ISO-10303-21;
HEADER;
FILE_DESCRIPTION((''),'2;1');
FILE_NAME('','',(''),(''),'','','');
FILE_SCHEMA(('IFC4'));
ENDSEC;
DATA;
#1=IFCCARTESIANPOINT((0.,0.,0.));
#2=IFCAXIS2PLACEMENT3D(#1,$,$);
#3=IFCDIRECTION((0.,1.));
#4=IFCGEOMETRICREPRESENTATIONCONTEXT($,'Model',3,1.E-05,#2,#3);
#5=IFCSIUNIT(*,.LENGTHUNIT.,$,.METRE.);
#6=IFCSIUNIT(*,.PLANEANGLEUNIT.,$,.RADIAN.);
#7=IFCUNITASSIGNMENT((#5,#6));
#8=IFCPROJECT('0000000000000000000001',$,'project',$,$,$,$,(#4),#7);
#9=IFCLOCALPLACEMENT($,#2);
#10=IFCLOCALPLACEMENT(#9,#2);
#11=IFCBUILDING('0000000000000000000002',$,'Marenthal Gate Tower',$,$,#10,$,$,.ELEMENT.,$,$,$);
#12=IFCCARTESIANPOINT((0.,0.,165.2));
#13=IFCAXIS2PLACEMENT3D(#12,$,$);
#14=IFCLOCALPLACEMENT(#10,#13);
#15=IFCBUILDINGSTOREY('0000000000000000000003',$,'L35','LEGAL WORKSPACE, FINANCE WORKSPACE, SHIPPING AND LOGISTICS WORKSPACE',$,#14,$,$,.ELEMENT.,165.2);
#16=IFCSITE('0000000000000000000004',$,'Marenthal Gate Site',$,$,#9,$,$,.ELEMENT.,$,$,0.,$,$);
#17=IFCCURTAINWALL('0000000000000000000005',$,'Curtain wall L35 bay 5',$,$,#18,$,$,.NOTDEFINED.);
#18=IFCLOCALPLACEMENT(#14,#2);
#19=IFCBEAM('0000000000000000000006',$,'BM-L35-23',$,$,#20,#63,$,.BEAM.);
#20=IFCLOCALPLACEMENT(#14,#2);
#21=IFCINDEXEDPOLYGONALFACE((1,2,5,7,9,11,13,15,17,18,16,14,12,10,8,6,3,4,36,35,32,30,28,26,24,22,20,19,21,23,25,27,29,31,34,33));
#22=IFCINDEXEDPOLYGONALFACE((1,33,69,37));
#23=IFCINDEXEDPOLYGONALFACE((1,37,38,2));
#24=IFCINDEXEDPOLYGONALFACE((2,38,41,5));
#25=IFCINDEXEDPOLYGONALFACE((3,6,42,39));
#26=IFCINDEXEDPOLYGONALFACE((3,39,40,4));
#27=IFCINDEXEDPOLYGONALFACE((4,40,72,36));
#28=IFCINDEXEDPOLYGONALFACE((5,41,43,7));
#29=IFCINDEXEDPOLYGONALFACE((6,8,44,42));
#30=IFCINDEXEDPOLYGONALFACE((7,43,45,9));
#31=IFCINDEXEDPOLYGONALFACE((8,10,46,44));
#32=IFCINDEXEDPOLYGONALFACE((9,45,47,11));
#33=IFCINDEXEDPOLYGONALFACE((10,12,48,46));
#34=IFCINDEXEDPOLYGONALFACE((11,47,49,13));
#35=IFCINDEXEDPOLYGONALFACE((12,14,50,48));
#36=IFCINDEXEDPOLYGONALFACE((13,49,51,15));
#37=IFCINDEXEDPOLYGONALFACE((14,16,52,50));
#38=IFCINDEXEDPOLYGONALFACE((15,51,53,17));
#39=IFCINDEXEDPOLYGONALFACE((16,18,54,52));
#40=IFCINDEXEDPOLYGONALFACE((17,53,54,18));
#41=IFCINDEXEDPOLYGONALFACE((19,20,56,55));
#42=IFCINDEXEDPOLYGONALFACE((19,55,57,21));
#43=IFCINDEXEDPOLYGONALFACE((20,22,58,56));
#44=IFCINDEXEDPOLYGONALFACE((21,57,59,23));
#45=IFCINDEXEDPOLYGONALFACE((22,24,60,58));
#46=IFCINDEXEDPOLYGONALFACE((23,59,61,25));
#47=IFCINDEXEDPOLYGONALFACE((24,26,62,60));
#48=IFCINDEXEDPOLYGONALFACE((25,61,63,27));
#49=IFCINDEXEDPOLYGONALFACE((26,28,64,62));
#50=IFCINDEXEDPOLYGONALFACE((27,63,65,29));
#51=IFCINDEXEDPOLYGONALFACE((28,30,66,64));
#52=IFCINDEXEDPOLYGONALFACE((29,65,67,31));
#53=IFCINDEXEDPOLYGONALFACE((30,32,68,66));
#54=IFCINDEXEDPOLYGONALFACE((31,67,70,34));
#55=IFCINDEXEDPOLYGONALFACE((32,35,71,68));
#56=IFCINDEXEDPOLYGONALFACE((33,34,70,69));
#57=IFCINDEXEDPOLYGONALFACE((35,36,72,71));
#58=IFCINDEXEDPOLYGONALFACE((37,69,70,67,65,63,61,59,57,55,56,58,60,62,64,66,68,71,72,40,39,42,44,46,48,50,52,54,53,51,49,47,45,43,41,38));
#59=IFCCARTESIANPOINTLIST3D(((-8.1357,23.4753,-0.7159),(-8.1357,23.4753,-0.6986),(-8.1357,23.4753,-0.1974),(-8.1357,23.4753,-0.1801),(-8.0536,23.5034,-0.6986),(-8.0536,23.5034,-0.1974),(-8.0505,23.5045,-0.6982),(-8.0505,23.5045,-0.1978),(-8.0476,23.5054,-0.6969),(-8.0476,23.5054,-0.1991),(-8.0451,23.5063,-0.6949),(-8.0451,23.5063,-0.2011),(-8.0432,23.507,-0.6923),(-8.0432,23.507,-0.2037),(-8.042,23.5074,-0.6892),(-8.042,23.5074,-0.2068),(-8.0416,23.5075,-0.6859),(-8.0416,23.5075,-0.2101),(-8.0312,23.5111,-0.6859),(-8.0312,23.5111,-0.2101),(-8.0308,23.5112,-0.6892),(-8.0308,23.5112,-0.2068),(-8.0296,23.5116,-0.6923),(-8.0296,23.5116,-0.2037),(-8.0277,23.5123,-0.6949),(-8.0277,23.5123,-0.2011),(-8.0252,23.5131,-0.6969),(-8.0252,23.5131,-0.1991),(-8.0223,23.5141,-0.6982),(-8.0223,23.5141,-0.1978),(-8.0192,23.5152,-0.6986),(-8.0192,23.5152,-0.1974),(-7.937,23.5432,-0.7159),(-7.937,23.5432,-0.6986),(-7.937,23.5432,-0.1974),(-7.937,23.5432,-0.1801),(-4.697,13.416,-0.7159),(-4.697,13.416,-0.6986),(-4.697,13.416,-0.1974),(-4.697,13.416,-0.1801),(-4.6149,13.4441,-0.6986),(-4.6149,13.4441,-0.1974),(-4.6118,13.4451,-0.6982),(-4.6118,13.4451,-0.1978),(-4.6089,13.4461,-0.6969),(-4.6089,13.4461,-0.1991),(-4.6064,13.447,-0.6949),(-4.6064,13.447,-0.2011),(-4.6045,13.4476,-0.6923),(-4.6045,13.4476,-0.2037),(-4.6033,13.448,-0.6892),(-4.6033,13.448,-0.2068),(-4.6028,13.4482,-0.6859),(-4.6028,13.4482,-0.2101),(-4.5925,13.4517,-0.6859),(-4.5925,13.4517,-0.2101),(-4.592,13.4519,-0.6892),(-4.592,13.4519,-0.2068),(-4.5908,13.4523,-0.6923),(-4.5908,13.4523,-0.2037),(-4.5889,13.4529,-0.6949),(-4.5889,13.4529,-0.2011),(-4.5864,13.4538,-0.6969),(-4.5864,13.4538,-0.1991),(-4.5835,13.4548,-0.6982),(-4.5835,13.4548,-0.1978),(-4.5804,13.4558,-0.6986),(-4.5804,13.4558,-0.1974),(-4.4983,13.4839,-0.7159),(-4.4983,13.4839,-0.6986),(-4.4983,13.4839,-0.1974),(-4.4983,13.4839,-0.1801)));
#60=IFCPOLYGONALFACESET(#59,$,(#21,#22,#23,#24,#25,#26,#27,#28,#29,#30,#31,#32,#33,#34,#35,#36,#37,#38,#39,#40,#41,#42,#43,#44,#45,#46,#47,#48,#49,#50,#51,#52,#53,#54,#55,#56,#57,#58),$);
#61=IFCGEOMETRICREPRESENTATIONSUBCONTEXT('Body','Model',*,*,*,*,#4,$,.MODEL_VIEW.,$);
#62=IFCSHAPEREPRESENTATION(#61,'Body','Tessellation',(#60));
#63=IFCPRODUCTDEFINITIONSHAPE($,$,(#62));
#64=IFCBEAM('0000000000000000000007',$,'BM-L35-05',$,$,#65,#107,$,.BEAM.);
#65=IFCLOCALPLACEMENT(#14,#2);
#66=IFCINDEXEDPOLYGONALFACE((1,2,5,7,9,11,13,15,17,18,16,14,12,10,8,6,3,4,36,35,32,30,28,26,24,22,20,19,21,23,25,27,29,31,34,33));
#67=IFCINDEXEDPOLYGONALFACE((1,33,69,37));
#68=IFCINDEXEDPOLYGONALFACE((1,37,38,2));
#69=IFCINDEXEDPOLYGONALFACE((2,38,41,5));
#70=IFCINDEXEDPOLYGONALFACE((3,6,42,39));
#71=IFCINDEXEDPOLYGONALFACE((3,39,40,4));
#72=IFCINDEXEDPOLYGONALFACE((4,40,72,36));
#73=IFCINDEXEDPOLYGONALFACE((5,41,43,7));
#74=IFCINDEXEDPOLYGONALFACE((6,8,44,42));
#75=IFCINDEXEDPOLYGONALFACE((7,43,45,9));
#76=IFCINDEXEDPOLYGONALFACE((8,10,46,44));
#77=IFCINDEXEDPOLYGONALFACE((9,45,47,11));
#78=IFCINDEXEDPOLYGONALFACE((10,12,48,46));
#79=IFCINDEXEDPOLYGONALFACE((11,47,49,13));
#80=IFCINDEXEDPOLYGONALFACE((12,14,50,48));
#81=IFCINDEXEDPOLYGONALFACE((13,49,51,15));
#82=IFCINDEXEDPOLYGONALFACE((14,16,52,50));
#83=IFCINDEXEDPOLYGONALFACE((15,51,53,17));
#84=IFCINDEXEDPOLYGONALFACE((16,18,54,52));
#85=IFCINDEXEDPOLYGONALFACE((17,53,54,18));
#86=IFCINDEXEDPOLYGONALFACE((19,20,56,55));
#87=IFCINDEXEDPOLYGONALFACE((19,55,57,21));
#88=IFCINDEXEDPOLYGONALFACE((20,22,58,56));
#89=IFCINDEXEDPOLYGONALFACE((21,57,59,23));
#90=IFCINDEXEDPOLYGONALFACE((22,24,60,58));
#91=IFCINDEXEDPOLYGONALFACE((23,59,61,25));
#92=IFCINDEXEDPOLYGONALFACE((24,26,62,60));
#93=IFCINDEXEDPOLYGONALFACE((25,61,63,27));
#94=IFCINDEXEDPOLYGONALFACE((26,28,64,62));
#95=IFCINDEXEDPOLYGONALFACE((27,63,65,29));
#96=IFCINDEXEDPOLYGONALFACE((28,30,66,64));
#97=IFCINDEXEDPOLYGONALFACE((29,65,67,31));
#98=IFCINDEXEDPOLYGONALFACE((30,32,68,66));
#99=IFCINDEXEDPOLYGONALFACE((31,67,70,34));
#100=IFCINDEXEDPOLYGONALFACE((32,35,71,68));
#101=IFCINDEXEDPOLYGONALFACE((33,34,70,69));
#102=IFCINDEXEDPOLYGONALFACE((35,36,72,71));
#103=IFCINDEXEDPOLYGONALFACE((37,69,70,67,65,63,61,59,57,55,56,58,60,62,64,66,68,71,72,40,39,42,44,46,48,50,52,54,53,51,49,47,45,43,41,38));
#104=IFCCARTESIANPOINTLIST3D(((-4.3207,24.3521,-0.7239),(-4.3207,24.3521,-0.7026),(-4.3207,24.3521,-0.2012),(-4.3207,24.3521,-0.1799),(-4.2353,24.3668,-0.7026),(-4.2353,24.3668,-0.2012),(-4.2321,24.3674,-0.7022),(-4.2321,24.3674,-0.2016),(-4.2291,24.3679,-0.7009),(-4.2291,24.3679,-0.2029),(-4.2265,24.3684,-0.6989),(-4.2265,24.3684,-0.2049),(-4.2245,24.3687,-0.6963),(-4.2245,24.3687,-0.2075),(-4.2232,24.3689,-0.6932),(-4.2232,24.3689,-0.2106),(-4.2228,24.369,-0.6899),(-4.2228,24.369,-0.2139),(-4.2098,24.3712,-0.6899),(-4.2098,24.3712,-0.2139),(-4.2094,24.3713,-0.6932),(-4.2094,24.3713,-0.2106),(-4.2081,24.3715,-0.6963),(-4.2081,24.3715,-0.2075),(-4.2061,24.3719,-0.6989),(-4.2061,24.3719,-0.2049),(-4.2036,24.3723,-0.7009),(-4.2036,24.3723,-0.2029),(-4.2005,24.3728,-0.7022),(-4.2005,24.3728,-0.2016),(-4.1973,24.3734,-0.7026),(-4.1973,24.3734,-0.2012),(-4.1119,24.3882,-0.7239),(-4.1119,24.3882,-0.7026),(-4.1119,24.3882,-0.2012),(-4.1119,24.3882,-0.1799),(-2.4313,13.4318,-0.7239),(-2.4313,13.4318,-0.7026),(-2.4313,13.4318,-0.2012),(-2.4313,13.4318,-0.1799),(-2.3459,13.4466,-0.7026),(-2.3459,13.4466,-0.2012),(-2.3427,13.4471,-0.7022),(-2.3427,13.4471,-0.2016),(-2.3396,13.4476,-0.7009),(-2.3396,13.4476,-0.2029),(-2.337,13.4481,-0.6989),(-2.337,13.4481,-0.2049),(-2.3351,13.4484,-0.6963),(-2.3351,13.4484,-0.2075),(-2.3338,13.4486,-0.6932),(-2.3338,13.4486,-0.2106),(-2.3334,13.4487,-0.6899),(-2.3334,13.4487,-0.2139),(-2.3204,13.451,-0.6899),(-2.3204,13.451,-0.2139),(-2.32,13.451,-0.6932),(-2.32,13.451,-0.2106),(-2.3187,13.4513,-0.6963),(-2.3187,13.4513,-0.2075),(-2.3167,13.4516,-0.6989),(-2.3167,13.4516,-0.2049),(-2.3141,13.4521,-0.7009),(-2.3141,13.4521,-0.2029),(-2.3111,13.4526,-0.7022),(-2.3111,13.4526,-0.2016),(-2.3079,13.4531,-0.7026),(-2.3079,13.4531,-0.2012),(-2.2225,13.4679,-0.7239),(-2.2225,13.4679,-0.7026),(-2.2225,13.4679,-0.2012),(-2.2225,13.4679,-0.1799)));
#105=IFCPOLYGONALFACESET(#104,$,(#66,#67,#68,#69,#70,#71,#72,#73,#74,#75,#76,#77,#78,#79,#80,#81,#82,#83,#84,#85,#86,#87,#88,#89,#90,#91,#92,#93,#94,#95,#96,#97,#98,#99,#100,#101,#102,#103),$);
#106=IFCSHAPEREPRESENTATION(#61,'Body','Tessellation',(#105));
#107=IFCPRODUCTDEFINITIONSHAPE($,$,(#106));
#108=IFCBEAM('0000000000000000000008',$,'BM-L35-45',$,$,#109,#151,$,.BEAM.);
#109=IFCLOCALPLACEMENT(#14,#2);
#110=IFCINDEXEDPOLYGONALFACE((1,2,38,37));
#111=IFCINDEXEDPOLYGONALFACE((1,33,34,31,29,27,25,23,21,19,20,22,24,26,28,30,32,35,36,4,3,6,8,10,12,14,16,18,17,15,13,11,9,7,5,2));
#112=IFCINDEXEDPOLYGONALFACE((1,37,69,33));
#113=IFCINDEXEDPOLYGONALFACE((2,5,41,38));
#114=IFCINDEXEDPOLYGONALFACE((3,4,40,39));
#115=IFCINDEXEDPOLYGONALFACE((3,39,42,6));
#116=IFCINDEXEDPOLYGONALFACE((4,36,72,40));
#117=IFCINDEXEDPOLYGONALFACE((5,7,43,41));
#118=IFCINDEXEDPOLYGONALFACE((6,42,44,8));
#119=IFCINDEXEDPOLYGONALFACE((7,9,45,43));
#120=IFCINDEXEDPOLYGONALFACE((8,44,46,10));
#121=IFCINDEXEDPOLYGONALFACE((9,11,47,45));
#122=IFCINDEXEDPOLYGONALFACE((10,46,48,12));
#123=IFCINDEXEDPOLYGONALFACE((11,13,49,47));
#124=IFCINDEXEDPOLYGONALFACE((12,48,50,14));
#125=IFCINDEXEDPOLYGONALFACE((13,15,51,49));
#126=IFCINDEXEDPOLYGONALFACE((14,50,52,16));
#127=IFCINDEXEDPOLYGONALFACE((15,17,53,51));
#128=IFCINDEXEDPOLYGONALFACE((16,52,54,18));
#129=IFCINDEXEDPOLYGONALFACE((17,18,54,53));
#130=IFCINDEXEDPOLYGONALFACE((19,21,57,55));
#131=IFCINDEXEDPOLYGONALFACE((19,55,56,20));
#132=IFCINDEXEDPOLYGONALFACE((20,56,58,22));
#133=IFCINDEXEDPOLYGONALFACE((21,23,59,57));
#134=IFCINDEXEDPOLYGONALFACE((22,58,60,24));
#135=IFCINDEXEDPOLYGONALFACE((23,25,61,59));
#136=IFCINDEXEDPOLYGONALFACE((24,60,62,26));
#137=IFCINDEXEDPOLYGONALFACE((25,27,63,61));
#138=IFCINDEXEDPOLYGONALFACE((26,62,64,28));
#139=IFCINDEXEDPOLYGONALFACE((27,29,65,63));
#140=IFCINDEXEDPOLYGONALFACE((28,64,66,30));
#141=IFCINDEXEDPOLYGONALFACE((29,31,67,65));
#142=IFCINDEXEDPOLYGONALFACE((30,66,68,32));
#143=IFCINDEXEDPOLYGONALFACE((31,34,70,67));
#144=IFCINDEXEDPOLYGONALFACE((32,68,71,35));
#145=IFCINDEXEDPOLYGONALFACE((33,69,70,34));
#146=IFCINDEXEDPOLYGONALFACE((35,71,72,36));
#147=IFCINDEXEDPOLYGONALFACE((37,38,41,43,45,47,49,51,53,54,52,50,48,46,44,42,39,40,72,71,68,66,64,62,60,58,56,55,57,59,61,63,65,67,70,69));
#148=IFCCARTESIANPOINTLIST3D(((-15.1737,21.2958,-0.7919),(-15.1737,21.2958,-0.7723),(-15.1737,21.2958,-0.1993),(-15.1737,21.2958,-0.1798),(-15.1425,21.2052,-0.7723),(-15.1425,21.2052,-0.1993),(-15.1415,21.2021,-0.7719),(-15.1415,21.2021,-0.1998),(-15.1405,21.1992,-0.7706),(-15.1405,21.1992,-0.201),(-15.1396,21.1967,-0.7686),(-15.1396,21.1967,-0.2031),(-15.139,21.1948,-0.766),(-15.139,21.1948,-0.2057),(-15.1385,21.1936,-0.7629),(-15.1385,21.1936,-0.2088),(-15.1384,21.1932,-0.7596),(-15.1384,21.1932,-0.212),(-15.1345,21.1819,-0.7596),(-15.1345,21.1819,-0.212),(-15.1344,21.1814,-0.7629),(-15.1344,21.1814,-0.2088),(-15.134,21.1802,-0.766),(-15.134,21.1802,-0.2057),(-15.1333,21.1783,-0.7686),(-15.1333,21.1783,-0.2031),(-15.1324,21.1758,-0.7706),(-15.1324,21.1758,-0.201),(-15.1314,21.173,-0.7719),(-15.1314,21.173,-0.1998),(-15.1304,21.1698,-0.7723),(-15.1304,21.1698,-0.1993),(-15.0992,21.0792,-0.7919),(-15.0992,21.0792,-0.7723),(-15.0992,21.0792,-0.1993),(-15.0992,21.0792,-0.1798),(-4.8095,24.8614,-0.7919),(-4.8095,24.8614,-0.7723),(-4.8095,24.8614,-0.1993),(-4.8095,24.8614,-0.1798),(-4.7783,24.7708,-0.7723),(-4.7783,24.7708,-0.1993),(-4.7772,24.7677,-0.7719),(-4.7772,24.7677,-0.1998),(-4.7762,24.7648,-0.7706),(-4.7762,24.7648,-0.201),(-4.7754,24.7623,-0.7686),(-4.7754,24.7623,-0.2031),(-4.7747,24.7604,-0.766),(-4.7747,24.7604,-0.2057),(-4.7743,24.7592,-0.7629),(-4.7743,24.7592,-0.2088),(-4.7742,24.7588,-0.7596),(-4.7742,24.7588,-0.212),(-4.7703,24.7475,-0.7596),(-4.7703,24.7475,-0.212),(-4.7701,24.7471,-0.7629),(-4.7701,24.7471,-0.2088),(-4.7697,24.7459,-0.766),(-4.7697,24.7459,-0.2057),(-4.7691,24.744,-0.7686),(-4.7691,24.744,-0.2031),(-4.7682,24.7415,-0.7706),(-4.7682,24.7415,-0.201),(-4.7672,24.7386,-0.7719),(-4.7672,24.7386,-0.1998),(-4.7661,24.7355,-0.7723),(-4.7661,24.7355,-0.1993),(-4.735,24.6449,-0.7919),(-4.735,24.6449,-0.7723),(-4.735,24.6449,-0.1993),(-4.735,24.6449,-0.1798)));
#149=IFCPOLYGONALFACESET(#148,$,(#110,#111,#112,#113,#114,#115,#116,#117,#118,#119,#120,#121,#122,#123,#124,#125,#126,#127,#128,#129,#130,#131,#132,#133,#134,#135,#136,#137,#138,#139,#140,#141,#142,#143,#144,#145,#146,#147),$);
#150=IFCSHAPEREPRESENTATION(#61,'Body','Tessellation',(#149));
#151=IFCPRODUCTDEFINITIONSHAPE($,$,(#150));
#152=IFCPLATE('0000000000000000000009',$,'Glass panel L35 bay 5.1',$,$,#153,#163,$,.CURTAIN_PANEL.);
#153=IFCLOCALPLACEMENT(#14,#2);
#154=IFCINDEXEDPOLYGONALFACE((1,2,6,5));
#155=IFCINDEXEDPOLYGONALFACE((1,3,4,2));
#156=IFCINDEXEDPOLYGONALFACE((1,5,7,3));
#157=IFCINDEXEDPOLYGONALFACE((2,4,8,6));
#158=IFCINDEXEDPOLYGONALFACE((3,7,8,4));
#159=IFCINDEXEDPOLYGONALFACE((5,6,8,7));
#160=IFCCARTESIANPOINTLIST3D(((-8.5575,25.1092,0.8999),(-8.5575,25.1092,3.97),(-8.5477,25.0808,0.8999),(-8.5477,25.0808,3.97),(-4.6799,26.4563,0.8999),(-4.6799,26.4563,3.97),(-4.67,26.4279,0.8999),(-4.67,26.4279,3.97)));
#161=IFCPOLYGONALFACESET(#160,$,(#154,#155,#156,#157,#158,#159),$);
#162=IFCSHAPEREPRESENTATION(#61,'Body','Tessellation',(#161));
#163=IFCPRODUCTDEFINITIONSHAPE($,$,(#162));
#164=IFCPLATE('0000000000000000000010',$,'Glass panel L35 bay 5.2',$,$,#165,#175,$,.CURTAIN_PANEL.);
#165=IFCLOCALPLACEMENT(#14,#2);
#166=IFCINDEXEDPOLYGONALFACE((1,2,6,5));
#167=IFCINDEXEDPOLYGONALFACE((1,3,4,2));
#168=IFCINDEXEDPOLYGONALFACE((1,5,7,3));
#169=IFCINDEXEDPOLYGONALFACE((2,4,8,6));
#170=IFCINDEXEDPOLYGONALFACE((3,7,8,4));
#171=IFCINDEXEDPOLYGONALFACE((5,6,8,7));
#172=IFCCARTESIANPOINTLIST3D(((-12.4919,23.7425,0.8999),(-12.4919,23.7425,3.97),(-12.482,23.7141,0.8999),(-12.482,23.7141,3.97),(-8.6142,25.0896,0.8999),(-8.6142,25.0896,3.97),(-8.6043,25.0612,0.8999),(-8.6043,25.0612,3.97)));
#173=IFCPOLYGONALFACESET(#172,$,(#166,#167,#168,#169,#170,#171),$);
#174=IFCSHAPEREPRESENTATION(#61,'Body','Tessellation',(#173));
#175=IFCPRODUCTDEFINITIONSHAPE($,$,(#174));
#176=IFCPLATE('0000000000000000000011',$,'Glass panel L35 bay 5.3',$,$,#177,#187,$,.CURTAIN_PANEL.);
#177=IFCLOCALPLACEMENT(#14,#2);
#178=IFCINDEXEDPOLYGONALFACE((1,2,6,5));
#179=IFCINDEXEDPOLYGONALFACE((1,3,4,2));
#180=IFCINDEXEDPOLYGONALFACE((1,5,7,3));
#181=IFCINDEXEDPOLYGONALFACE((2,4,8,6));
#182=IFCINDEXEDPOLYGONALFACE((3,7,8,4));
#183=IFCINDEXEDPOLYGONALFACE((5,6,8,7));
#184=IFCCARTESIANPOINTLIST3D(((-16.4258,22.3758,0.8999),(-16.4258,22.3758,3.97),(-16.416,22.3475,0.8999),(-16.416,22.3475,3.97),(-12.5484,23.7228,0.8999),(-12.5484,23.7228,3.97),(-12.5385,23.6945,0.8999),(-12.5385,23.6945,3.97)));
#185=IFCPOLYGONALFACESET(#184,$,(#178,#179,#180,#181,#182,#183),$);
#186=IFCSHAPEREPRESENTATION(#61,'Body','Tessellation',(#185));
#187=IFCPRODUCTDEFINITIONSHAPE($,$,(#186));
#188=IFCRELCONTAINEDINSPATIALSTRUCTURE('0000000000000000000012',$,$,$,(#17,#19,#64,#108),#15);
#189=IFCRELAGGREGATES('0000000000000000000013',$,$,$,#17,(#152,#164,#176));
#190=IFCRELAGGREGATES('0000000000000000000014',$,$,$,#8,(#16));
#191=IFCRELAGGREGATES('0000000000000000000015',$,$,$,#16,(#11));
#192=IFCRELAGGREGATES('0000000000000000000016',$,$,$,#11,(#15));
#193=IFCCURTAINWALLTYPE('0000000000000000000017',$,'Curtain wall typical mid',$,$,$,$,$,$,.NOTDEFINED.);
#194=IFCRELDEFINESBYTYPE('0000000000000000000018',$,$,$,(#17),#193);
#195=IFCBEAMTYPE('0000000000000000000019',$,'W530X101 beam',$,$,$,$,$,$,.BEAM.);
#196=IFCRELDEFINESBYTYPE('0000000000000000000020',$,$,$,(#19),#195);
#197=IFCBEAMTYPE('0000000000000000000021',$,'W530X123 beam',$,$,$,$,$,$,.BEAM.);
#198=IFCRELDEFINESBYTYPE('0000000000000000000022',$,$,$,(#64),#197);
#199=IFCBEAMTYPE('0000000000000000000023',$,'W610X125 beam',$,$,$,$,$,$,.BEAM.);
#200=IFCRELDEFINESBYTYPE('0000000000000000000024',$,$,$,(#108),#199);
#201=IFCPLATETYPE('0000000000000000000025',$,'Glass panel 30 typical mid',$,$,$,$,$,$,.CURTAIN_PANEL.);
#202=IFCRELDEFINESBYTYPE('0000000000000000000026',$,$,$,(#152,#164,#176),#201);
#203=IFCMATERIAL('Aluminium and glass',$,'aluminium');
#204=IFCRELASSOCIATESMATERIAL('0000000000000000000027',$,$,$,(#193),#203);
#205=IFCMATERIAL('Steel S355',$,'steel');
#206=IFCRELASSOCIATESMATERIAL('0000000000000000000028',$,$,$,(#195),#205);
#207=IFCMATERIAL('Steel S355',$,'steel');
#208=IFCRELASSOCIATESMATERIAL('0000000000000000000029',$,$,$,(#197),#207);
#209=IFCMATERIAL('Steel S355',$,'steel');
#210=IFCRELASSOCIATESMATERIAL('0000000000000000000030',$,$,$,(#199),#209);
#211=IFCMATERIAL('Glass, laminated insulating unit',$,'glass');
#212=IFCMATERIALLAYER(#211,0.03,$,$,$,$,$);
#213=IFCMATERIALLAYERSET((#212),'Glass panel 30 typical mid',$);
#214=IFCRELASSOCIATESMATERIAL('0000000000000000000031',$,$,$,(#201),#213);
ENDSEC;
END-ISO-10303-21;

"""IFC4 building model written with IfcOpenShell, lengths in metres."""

from ifc_helpers import new_model, si_unit, direction, frame, origin, origin_2d, place, context, subcontext, project, spatial, rectangle, i_section, extrude, material, layer, layer_set, material_profile, profile_set, type_object, element, aggregate, save


model = new_model("IFC4")

# Units and contexts
model_context = context("Model", 3, precision=1e-05, world=origin(), true_north=direction((0.0, 1.0)))
body_context = subcontext(model_context, "Body", "Model", "MODEL_VIEW")
ifc_project = project(units=[si_unit("LENGTHUNIT", "METRE"), si_unit("PLANEANGLEUNIT", "RADIAN")], contexts=[model_context])

# Site, building, storey
site_placement = place(None, origin())
site = spatial("IfcSite", under=ifc_project, at=site_placement, Name="Marenthal Gate Site", CompositionType="ELEMENT", RefElevation=0.0)
building_placement = place(site_placement, origin())
building = spatial("IfcBuilding", under=site, at=building_placement, Name="Marenthal Gate Tower", CompositionType="ELEMENT")
storey_placement = place(building_placement, frame((0.0, 0.0, 165.2)))
storey = spatial("IfcBuildingStorey", under=building, at=storey_placement, Name="L35", Description="LEGAL WORKSPACE, FINANCE WORKSPACE, SHIPPING AND LOGISTICS WORKSPACE", CompositionType="ELEMENT", Elevation=165.2)

# Curtain wall
ifc_material_1 = material(Name="Aluminium and glass", Category="aluminium")
curtain_wall_type = type_object("IfcCurtainWallType", Name="Curtain wall typical mid", PredefinedType="NOTDEFINED", material=ifc_material_1)
curtain_wall_placement = place(storey_placement, origin())
curtain_wall = element("IfcCurtainWall", 1, at=curtain_wall_placement, inside=storey, type_object=curtain_wall_type, Name="Curtain wall L35 bay 5", PredefinedType="NOTDEFINED")

# Beams
ifc_material_2 = material(Name="Steel S355", Category="steel")
ifc_material_profile_1 = material_profile(ifc_material_2, i_section(OverallWidth=0.21, OverallDepth=0.5359, WebThickness=0.011, FlangeThickness=0.0173, FilletRadius=0.0127, at=origin_2d()), Name="W530X101")
ifc_profile_set_1 = profile_set([ifc_material_profile_1], Name="Steel S355")
beam_type_1 = type_object("IfcBeamType", Name="W530X101 beam", PredefinedType="BEAM", material=ifc_profile_set_1)
beam_1_placement = place(storey_placement, frame((-8.0364, 23.5093, -0.448), z_axis=(0.323466, -0.94624, 0.0), x_axis=(0.94624, 0.323466, 0.0)))
element("IfcBeam", 2, at=beam_1_placement, inside=storey, type_object=beam_type_1, Name="BM-L35-23", PredefinedType="BEAM", context=body_context, shape_type="SweptSolid", body=[
    extrude(i_section(OverallWidth=0.21, OverallDepth=0.5359, WebThickness=0.011, FlangeThickness=0.0173, FilletRadius=0.0127, at=origin_2d()), origin(), (0.0, 0.0, 1.0), 10.6309),
])
ifc_material_3 = material(Name="Steel S355", Category="steel")
ifc_material_profile_2 = material_profile(ifc_material_3, i_section(OverallWidth=0.2119, OverallDepth=0.5439, WebThickness=0.0132, FlangeThickness=0.0212, FilletRadius=0.0127, at=origin_2d()), Name="W530X123")
ifc_profile_set_2 = profile_set([ifc_material_profile_2], Name="Steel S355")
beam_type_2 = type_object("IfcBeamType", Name="W530X123 beam", PredefinedType="BEAM", material=ifc_profile_set_2)
beam_2_placement = place(storey_placement, frame((-4.2163, 24.3701, -0.4519), z_axis=(0.170487, -0.98536, 0.0), x_axis=(0.98536, 0.170487, 0.0)))
element("IfcBeam", 3, at=beam_2_placement, inside=storey, type_object=beam_type_2, Name="BM-L35-05", PredefinedType="BEAM", context=body_context, shape_type="SweptSolid", body=[
    extrude(i_section(OverallWidth=0.2119, OverallDepth=0.5439, WebThickness=0.0132, FlangeThickness=0.0212, FilletRadius=0.0127, at=origin_2d()), origin(), (0.0, 0.0, 1.0), 11.0825),
])
ifc_material_4 = material(Name="Steel S355", Category="steel")
ifc_material_profile_3 = material_profile(ifc_material_4, i_section(OverallWidth=0.229, OverallDepth=0.6121, WebThickness=0.012, FlangeThickness=0.0195, FilletRadius=0.0127, at=origin_2d()), Name="W610X125")
ifc_profile_set_3 = profile_set([ifc_material_profile_3], Name="Steel S355")
beam_type_3 = type_object("IfcBeamType", Name="W610X125 beam", PredefinedType="BEAM", material=ifc_profile_set_3)
beam_3_placement = place(storey_placement, frame((-4.7722, 24.7532, -0.4858), z_axis=(-0.945604, -0.325321, 0.0), x_axis=(0.325321, -0.945604, 0.0)))
element("IfcBeam", 4, at=beam_3_placement, inside=storey, type_object=beam_type_3, Name="BM-L35-45", PredefinedType="BEAM", context=body_context, shape_type="SweptSolid", body=[
    extrude(i_section(OverallWidth=0.229, OverallDepth=0.6121, WebThickness=0.012, FlangeThickness=0.0195, FilletRadius=0.0127, at=origin_2d()), origin(), (0.0, 0.0, 1.0), 10.9604),
])

# Plates
ifc_material_5 = material(Name="Glass, laminated insulating unit", Category="glass")
ifc_layer_1 = layer(ifc_material_5, 0.03)
ifc_layer_set_1 = layer_set([ifc_layer_1], Name="Glass panel 30 typical mid")
plate_type = type_object("IfcPlateType", Name="Glass panel 30 typical mid", PredefinedType="CURTAIN_PANEL", material=ifc_layer_set_1)
plate_1_placement = place(storey_placement, frame((-6.6138, 25.7686, 0.8999), z_axis=(0.0, 0.0, 1.0), x_axis=(-0.944623, -0.328158, 0.0)))
plate_1 = element("IfcPlate", 5, at=plate_1_placement, type_object=plate_type, Name="Glass panel L35 bay 5.1", PredefinedType="CURTAIN_PANEL", context=body_context, shape_type="SweptSolid", body=[
    extrude(rectangle(XDim=4.105, YDim=0.03, at=origin_2d()), origin(), (0.0, 0.0, 1.0), 3.0701),
])
plate_2_placement = place(storey_placement, frame((-10.5481, 24.4019, 0.8999), z_axis=(0.0, 0.0, 1.0), x_axis=(-0.944623, -0.328158, 0.0)))
plate_2 = element("IfcPlate", 6, at=plate_2_placement, type_object=plate_type, Name="Glass panel L35 bay 5.2", PredefinedType="CURTAIN_PANEL", context=body_context, shape_type="SweptSolid", body=[
    extrude(rectangle(XDim=4.105, YDim=0.03, at=origin_2d()), origin(), (0.0, 0.0, 1.0), 3.0701),
])
plate_3_placement = place(storey_placement, frame((-14.4822, 23.0352, 0.8999), z_axis=(0.0, 0.0, 1.0), x_axis=(-0.944623, -0.328158, 0.0)))
plate_3 = element("IfcPlate", 7, at=plate_3_placement, type_object=plate_type, Name="Glass panel L35 bay 5.3", PredefinedType="CURTAIN_PANEL", context=body_context, shape_type="SweptSolid", body=[
    extrude(rectangle(XDim=4.1047, YDim=0.03, at=origin_2d()), origin(), (0.0, 0.0, 1.0), 3.0701),
])
aggregate(curtain_wall, [plate_1, plate_2, plate_3])

save(model, "model.ifc")
